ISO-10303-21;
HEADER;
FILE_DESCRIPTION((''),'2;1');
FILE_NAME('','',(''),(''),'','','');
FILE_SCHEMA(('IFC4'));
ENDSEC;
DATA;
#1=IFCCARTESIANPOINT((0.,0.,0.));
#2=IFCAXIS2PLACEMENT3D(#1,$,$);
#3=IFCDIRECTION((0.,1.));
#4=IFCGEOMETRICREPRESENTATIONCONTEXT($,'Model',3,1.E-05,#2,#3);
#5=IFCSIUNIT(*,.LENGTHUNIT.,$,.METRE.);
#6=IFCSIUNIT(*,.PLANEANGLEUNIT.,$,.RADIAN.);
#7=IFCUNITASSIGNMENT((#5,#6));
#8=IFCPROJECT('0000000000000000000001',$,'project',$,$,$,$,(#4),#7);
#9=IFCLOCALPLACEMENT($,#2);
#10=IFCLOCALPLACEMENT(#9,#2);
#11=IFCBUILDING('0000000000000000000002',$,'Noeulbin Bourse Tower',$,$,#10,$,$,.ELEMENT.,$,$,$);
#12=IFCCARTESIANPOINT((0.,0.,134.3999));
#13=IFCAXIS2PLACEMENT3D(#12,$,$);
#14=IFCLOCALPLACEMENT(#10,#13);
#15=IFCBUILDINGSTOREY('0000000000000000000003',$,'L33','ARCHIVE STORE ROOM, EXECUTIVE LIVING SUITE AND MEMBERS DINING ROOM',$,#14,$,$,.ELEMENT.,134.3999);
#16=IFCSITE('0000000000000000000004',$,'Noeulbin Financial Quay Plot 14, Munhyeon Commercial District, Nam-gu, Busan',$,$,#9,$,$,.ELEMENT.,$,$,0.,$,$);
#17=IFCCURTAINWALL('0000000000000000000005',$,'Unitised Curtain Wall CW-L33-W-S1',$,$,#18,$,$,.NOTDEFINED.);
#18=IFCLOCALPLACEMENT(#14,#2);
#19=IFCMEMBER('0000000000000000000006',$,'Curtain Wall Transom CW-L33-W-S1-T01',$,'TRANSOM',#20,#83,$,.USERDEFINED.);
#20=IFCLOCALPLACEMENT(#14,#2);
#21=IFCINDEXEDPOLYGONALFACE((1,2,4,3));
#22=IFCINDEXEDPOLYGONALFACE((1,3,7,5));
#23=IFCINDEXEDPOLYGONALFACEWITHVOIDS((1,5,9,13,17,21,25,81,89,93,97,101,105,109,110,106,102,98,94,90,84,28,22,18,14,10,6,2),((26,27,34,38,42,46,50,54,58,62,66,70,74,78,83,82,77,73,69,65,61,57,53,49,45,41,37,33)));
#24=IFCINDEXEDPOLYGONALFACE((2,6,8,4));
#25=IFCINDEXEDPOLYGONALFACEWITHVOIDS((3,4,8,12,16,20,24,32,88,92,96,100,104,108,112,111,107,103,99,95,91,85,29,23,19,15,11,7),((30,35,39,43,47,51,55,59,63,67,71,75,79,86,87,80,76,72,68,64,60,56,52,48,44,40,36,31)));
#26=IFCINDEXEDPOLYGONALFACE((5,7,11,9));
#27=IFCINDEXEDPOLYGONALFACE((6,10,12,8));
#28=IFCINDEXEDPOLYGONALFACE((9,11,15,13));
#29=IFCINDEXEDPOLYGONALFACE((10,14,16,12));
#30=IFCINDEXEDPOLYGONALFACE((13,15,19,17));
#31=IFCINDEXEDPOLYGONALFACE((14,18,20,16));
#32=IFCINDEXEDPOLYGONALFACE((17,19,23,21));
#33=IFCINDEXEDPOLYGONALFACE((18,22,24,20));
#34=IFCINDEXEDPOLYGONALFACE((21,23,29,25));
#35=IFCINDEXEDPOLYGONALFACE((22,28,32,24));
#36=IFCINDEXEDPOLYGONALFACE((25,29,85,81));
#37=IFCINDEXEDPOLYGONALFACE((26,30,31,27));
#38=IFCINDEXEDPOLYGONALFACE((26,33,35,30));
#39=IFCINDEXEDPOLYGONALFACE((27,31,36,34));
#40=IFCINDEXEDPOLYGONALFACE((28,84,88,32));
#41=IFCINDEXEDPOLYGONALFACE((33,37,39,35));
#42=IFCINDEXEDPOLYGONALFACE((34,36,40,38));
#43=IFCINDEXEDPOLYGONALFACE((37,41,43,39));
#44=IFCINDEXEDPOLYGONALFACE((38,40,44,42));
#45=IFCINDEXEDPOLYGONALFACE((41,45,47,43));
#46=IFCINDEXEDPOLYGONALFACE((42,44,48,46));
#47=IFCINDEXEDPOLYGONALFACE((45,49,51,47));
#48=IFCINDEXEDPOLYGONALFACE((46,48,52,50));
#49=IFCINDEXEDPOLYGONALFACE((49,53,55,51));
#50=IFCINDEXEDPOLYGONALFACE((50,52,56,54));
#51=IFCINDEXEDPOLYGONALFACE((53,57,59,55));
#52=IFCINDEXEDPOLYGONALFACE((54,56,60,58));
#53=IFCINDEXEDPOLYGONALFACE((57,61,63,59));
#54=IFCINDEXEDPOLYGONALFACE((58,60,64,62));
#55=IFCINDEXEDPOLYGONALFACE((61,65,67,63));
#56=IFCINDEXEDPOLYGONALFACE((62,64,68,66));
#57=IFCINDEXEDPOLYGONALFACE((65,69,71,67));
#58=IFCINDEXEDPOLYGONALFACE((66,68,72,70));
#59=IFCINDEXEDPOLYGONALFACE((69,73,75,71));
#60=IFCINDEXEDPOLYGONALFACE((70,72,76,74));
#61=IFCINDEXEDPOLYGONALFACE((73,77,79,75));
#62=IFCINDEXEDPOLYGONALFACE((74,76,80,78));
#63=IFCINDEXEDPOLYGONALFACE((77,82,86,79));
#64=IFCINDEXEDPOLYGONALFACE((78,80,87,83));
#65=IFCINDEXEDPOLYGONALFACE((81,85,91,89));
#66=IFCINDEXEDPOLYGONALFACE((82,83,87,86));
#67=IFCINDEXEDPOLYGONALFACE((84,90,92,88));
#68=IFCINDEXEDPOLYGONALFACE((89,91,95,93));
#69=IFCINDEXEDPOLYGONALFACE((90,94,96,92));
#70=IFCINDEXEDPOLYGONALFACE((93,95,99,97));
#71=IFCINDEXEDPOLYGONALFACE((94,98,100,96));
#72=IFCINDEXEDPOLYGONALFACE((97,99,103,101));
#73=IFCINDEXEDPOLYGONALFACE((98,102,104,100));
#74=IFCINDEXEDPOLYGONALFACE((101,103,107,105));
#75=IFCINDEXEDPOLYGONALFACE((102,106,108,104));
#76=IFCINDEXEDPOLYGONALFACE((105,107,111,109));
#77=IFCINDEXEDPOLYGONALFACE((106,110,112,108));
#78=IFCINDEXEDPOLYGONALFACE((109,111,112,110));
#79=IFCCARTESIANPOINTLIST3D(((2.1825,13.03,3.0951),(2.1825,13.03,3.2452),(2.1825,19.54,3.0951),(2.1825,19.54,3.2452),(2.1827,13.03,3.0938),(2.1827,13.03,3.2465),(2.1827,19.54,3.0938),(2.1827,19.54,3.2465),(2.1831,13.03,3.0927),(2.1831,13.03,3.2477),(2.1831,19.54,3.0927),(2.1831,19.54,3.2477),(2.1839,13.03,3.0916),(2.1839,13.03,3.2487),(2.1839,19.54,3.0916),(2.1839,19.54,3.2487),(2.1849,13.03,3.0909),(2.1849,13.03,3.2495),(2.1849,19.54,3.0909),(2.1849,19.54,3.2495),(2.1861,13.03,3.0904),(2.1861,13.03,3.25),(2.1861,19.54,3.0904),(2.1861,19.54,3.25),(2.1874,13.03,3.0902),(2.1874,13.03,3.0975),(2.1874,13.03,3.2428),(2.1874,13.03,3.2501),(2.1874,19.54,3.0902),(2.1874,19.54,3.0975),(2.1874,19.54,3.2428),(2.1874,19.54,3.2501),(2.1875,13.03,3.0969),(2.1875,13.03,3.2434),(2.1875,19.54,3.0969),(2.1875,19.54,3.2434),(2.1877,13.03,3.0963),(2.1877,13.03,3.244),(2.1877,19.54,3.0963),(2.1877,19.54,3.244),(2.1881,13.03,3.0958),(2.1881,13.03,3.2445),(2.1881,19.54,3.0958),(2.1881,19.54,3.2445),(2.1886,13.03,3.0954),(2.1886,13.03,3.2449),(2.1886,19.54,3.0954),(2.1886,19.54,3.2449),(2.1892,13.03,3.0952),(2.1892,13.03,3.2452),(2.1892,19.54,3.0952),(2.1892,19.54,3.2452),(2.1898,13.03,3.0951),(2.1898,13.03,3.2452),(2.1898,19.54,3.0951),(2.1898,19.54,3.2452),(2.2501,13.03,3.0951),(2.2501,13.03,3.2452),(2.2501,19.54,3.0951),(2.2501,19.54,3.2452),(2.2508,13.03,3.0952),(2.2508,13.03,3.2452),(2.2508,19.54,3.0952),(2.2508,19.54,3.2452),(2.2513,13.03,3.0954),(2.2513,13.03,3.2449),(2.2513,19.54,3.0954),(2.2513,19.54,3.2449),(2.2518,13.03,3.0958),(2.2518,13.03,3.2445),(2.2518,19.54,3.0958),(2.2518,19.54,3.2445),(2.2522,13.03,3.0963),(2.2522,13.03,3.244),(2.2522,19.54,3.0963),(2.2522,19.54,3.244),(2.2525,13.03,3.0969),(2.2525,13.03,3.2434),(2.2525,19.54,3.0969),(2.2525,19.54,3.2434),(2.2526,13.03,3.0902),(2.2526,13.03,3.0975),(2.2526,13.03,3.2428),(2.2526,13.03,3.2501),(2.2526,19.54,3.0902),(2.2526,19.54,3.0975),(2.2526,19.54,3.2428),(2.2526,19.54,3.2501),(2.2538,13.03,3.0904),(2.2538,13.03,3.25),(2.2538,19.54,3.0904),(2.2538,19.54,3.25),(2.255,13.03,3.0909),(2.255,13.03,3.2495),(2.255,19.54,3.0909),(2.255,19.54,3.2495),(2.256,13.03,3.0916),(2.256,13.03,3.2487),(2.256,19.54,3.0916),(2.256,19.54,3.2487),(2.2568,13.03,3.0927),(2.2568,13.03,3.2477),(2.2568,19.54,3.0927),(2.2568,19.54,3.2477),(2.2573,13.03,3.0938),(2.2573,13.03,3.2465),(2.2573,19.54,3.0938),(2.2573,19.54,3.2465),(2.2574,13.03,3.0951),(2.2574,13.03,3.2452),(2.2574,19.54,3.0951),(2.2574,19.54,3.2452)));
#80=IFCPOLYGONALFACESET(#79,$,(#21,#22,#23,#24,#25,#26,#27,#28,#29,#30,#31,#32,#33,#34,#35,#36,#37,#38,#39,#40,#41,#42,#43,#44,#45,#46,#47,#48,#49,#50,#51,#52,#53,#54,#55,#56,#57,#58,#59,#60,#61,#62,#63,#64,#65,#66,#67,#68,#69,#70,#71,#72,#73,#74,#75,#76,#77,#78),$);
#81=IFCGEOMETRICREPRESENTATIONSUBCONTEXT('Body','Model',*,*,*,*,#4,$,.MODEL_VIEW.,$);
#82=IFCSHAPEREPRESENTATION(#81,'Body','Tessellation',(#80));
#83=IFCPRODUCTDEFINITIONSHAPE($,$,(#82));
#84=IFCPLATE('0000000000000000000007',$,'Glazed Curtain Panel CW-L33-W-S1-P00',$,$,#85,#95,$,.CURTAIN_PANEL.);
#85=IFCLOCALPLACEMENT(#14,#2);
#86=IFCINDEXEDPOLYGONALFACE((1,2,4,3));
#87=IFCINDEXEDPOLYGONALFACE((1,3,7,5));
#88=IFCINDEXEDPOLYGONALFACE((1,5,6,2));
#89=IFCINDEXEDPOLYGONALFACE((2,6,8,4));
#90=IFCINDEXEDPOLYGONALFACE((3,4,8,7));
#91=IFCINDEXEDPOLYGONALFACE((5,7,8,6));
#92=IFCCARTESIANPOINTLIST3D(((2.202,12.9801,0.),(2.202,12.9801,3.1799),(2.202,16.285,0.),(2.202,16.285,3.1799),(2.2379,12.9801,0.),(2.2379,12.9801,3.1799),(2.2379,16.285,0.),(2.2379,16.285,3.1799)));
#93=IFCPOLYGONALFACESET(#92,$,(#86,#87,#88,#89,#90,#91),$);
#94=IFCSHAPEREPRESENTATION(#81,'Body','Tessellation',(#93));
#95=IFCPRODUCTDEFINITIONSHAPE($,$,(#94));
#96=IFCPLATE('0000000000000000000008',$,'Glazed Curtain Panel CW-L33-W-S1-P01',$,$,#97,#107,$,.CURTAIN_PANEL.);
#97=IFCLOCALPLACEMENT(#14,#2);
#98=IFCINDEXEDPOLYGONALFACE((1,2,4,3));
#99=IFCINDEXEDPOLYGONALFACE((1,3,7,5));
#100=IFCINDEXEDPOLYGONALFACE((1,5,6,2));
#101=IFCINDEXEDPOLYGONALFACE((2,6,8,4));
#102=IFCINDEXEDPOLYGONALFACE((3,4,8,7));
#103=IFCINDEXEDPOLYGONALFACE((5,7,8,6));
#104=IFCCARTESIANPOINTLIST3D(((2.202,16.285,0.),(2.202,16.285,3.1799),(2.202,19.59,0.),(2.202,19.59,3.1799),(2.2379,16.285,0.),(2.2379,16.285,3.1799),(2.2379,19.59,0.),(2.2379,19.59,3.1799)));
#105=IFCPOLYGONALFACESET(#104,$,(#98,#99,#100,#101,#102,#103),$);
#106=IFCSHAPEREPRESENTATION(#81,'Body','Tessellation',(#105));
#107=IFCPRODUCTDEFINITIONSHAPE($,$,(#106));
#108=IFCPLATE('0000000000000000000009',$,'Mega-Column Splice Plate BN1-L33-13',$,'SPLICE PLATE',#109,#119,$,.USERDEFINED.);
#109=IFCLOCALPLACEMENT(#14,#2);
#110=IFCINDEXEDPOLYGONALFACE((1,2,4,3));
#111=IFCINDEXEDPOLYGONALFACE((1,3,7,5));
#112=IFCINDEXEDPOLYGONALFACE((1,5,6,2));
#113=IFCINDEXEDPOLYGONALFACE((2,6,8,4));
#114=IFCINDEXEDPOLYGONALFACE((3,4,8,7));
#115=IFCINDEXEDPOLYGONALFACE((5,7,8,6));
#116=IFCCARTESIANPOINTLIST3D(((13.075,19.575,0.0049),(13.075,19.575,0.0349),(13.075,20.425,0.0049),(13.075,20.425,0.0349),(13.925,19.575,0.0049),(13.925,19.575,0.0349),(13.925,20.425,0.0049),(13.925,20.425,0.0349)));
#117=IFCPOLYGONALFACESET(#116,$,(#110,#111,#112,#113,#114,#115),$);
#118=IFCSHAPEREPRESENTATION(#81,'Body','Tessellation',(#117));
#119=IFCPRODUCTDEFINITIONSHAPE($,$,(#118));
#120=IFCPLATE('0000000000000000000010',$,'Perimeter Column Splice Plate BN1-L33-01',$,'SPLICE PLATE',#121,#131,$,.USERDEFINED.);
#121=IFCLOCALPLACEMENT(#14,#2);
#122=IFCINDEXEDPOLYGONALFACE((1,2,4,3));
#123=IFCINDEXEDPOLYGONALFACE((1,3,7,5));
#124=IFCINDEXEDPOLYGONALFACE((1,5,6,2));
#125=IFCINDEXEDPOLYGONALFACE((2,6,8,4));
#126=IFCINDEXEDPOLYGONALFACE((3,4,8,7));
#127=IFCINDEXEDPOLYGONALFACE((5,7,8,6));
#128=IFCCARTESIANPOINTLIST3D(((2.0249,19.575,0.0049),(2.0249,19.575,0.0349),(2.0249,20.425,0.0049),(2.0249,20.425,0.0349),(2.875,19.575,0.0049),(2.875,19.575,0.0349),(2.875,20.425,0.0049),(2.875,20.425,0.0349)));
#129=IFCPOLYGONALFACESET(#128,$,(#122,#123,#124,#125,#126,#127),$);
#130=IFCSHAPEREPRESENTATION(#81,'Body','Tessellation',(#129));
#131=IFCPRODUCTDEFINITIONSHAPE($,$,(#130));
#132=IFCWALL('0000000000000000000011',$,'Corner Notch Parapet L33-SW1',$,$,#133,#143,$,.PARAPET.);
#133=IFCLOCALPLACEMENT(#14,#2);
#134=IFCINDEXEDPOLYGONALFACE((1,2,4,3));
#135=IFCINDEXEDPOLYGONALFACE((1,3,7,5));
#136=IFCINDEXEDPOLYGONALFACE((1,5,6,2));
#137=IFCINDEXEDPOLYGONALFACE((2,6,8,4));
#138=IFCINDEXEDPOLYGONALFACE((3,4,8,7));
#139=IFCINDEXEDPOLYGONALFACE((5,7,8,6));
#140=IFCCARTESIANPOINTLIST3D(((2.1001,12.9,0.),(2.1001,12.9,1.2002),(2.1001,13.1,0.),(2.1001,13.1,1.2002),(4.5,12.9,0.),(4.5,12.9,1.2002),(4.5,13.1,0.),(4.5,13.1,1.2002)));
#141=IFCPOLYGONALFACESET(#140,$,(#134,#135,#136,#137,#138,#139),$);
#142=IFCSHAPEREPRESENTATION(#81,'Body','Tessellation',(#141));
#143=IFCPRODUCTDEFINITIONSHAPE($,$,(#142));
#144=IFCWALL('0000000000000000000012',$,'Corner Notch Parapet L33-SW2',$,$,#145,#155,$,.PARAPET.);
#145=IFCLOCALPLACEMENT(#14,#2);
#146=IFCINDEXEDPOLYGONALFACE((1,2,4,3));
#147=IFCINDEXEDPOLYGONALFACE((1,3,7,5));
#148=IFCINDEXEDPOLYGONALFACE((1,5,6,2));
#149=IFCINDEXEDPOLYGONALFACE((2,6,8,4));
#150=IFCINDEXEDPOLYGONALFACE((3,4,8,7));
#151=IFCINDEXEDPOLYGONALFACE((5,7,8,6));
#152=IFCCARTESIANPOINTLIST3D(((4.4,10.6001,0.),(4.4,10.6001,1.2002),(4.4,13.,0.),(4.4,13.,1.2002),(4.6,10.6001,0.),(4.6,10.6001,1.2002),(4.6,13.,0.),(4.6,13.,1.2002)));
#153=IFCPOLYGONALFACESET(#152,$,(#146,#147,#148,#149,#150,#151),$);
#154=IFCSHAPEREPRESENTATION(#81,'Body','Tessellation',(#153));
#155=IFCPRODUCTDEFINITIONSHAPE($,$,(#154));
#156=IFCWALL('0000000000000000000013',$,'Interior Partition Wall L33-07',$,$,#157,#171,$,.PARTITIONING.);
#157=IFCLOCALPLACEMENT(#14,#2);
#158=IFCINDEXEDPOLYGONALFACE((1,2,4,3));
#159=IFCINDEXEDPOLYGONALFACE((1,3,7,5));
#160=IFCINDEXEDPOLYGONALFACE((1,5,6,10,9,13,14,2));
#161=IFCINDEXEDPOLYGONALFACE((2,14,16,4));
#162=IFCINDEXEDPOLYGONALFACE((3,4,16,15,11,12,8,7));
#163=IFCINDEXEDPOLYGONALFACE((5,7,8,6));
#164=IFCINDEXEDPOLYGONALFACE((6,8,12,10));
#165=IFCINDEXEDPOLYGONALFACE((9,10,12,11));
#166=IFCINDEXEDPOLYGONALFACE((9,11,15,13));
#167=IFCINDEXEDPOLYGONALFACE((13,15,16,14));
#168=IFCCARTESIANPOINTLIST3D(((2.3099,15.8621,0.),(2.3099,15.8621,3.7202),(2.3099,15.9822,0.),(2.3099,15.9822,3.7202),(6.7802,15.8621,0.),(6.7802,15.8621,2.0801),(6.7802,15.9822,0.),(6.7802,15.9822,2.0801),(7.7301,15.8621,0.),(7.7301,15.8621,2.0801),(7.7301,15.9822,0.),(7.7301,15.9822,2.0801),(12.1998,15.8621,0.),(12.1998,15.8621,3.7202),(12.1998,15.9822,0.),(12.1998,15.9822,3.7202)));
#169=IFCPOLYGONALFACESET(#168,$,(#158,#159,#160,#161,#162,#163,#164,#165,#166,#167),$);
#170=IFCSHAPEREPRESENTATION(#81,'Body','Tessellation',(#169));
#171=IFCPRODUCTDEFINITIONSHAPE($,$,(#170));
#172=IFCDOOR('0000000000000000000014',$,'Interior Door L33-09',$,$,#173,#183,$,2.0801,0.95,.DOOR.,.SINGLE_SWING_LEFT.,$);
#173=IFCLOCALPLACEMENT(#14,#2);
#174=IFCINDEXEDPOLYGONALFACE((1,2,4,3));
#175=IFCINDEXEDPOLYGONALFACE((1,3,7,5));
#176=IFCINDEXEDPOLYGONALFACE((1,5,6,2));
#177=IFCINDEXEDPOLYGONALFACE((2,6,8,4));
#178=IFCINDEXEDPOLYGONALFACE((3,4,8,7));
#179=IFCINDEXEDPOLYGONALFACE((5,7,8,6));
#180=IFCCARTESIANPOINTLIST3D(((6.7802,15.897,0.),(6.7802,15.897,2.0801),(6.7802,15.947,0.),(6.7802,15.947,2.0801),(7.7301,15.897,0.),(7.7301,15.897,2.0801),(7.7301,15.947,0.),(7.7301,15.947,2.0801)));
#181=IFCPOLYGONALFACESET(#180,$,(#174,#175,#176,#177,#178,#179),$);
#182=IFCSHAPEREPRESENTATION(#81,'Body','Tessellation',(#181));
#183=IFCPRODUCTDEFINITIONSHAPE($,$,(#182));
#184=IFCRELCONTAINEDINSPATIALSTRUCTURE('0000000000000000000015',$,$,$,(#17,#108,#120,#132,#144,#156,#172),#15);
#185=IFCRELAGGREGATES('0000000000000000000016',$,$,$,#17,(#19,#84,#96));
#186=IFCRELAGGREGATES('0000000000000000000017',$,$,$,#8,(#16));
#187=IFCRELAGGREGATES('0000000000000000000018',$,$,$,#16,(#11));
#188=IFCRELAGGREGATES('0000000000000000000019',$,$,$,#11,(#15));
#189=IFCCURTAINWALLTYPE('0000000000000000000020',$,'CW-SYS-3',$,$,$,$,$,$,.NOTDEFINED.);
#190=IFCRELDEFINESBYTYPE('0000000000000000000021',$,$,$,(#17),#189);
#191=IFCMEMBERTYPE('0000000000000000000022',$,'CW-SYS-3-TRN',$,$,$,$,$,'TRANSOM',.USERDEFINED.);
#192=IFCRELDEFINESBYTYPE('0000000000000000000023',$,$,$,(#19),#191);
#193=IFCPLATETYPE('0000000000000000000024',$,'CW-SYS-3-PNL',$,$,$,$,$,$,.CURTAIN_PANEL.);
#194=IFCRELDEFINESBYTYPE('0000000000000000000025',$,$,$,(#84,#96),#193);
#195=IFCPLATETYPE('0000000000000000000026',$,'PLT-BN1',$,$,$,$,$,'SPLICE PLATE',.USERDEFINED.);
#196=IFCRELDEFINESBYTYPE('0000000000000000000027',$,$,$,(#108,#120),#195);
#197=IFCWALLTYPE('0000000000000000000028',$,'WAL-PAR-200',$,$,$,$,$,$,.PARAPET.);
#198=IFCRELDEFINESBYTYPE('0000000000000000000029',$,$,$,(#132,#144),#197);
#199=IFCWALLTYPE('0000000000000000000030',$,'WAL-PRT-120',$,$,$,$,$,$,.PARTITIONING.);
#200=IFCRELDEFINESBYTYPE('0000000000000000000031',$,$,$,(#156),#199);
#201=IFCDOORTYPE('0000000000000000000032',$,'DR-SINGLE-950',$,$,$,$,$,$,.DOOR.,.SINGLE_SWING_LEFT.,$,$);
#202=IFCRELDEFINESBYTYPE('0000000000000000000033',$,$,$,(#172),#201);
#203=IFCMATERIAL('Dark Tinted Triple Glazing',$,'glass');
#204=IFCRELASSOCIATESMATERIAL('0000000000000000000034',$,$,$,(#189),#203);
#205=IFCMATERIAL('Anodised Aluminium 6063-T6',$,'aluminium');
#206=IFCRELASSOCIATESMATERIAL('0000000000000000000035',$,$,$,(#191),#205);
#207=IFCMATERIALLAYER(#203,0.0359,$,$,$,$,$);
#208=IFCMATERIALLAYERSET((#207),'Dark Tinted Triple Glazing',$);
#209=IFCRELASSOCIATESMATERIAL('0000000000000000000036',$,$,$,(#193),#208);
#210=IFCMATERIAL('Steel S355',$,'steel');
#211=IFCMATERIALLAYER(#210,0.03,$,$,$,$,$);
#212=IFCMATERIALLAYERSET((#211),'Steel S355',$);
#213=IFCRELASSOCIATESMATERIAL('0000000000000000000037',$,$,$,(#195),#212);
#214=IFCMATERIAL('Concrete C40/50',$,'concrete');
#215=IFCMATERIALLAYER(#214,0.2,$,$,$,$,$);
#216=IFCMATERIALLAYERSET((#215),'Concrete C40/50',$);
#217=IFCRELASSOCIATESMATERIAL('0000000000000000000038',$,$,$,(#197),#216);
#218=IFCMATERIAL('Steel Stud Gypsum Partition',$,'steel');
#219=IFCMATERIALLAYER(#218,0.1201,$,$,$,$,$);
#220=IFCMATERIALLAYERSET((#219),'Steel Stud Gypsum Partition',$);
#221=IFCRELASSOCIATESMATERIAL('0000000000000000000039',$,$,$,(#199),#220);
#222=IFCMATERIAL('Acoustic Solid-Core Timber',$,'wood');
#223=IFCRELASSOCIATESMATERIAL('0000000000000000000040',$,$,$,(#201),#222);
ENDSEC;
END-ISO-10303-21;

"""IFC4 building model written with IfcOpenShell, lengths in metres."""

from ifc_helpers import new_model, si_unit, direction, frame, frame_2d, origin, origin_2d, place, context, subcontext, project, spatial, rectangle, hollow_rectangle, extrude, material, layer, layer_set, material_profile, profile_set, type_object, element, fill, aggregate, save


model = new_model("IFC4")

# Units and contexts
model_context = context("Model", 3, precision=1e-05, world=origin(), true_north=direction((0.0, 1.0)))
body_context = subcontext(model_context, "Body", "Model", "MODEL_VIEW")
ifc_project = project(units=[si_unit("LENGTHUNIT", "METRE"), si_unit("PLANEANGLEUNIT", "RADIAN")], contexts=[model_context])

# Site, building, storey
site_placement = place(None, origin())
site = spatial("IfcSite", under=ifc_project, at=site_placement, Name="Noeulbin Financial Quay Plot 14, Munhyeon Commercial District, Nam-gu, Busan", CompositionType="ELEMENT", RefElevation=0.0)
building_placement = place(site_placement, origin())
building = spatial("IfcBuilding", under=site, at=building_placement, Name="Noeulbin Bourse Tower", CompositionType="ELEMENT")
storey_placement = place(building_placement, frame((0.0, 0.0, 134.3999)))
storey = spatial("IfcBuildingStorey", under=building, at=storey_placement, Name="L33", Description="ARCHIVE STORE ROOM, EXECUTIVE LIVING SUITE AND MEMBERS DINING ROOM", CompositionType="ELEMENT", Elevation=134.3999)

# Shared definitions
ifc_material_1 = material(Name="Steel S355", Category="steel")

# Curtain wall, member, plates
ifc_material_2 = material(Name="Dark Tinted Triple Glazing", Category="glass")
curtain_wall_type = type_object("IfcCurtainWallType", Name="CW-SYS-3", PredefinedType="NOTDEFINED", material=ifc_material_2)
curtain_wall_placement = place(storey_placement, origin())
curtain_wall = element("IfcCurtainWall", 1, at=curtain_wall_placement, inside=storey, type_object=curtain_wall_type, Name="Unitised Curtain Wall CW-L33-W-S1", PredefinedType="NOTDEFINED")
ifc_material_3 = material(Name="Anodised Aluminium 6063-T6", Category="aluminium")
ifc_material_profile_1 = material_profile(ifc_material_3, hollow_rectangle(XDim=0.075, YDim=0.1599, WallThickness=0.0049, InnerFilletRadius=0.0024, OuterFilletRadius=0.0049, at=origin_2d()), Name="ALU-TRAN-75x160x5", Category="LoadBearing")
ifc_profile_set_1 = profile_set([ifc_material_profile_1], Name="Anodised Aluminium 6063-T6")
member_type_1 = type_object("IfcMemberType", Name="CW-SYS-3-TRN", ElementType="TRANSOM", PredefinedType="USERDEFINED", material=ifc_profile_set_1)
member_1_placement = place(storey_placement, frame((2.22, 13.03, 3.1702), z_axis=(0.0, 1.0, 0.0), x_axis=(-1.0, 0.0, 0.0)))
member_1 = element("IfcMember", 2, at=member_1_placement, type_object=member_type_1, Name="Curtain Wall Transom CW-L33-W-S1-T01", ObjectType="TRANSOM", PredefinedType="USERDEFINED", context=body_context, shape_type="SweptSolid", body=[
    extrude(hollow_rectangle(XDim=0.075, YDim=0.1599, WallThickness=0.0049, InnerFilletRadius=0.0024, OuterFilletRadius=0.0049, at=origin_2d()), origin(), (0.0, 0.0, 1.0), 6.51),
])
ifc_layer_1 = layer(ifc_material_2, 0.0359)
ifc_layer_set_1 = layer_set([ifc_layer_1], Name="Dark Tinted Triple Glazing")
plate_type_1 = type_object("IfcPlateType", Name="CW-SYS-3-PNL", PredefinedType="CURTAIN_PANEL", material=ifc_layer_set_1)
plate_1_placement = place(storey_placement, frame((2.22, 14.6326, 0.0), z_axis=(0.0, 0.0, 1.0), x_axis=(0.0, 1.0, 0.0)))
plate_1 = element("IfcPlate", 3, at=plate_1_placement, type_object=plate_type_1, Name="Glazed Curtain Panel CW-L33-W-S1-P00", PredefinedType="CURTAIN_PANEL", context=body_context, shape_type="SweptSolid", body=[
    extrude(rectangle(XDim=3.3049, YDim=0.0359, at=origin_2d()), origin(), (0.0, 0.0, 1.0), 3.1799),
])
plate_2_placement = place(storey_placement, frame((2.22, 17.9375, 0.0), z_axis=(0.0, 0.0, 1.0), x_axis=(0.0, 1.0, 0.0)))
plate_2 = element("IfcPlate", 4, at=plate_2_placement, type_object=plate_type_1, Name="Glazed Curtain Panel CW-L33-W-S1-P01", PredefinedType="CURTAIN_PANEL", context=body_context, shape_type="SweptSolid", body=[
    extrude(rectangle(XDim=3.3049, YDim=0.0359, at=origin_2d()), origin(), (0.0, 0.0, 1.0), 3.1799),
])
aggregate(curtain_wall, [member_1, plate_1, plate_2])

# Plates
ifc_layer_2 = layer(ifc_material_1, 0.03)
ifc_layer_set_2 = layer_set([ifc_layer_2], Name="Steel S355")
plate_type_2 = type_object("IfcPlateType", Name="PLT-BN1", ElementType="SPLICE PLATE", PredefinedType="USERDEFINED", material=ifc_layer_set_2)
for number, where, z_axis, x_axis, name in (
    (5, (13.5, 20.0, 0.0049), (0.0, 0.0, 1.0), (1.0, 0.0, 0.0), "Mega-Column Splice Plate BN1-L33-13"),
    (6, (2.45, 20.0, 0.0049), (0.0, 0.0, 1.0), (1.0, 0.0, 0.0), "Perimeter Column Splice Plate BN1-L33-01"),
):
    element("IfcPlate", number, at=place(storey_placement, frame(where, z_axis=z_axis, x_axis=x_axis)), inside=storey, type_object=plate_type_2, Name=name, ObjectType="SPLICE PLATE", PredefinedType="USERDEFINED", context=body_context, shape_type="SweptSolid", body=[
        extrude(rectangle(XDim=0.8501, YDim=0.8501, at=origin_2d()), origin(), (0.0, 0.0, 1.0), 0.03),
    ])

# Walls
ifc_material_4 = material(Name="Concrete C40/50", Category="concrete")
ifc_layer_3 = layer(ifc_material_4, 0.2)
ifc_layer_set_3 = layer_set([ifc_layer_3], Name="Concrete C40/50")
wall_type_1 = type_object("IfcWallType", Name="WAL-PAR-200", PredefinedType="PARAPET", material=ifc_layer_set_3)
for number, where, z_axis, x_axis, name in (
    (7, (2.1001, 13.0, 0.0), (0.0, 0.0, 1.0), (1.0, 0.0, 0.0), "Corner Notch Parapet L33-SW1"),
    (8, (4.5, 13.0, 0.0), (0.0, 0.0, 1.0), (0.0, -1.0, 0.0), "Corner Notch Parapet L33-SW2"),
):
    element("IfcWall", number, at=place(storey_placement, frame(where, z_axis=z_axis, x_axis=x_axis)), inside=storey, type_object=wall_type_1, Name=name, PredefinedType="PARAPET", context=body_context, shape_type="SweptSolid", body=[
        extrude(rectangle(XDim=2.3999, YDim=0.2, at=frame_2d((1.2, 0.0))), origin(), (0.0, 0.0, 1.0), 1.2002),
    ])

# Wall, opening, door
ifc_material_5 = material(Name="Steel Stud Gypsum Partition", Category="steel")
ifc_layer_4 = layer(ifc_material_5, 0.1201)
ifc_layer_set_4 = layer_set([ifc_layer_4], Name="Steel Stud Gypsum Partition")
wall_type_2 = type_object("IfcWallType", Name="WAL-PRT-120", PredefinedType="PARTITIONING", material=ifc_layer_set_4)
wall_1_placement = place(storey_placement, frame((2.3101, 15.9221, 0.0), z_axis=(0.0, 0.0, 1.0), x_axis=(1.0, 0.0, 0.0)))
wall_1 = element("IfcWall", 9, at=wall_1_placement, inside=storey, type_object=wall_type_2, Name="Interior Partition Wall L33-07", PredefinedType="PARTITIONING", context=body_context, shape_type="SweptSolid", body=[
    extrude(rectangle(XDim=9.8899, YDim=0.1201, at=frame_2d((4.9448, 0.0))), origin(), (0.0, 0.0, 1.0), 3.7202),
])
opening_1_placement = place(wall_1_placement, frame((4.47, 0.0, 0.0)))
opening_1 = element("IfcOpeningElement", 10, at=opening_1_placement, cuts=wall_1, PredefinedType="OPENING", context=body_context, shape_type="SweptSolid", body=[
    extrude(rectangle(XDim=0.95, YDim=2.0801, at=frame_2d((0.4751, 1.04))), frame((0.0, 0.0701, 0.0), z_axis=(0.0, -1.0, 0.0), x_axis=(1.0, 0.0, 0.0)), (0.0, 0.0, 1.0), 0.1401),
])
ifc_material_6 = material(Name="Acoustic Solid-Core Timber", Category="wood")
door_type = type_object("IfcDoorType", Name="DR-SINGLE-950", OperationType="SINGLE_SWING_LEFT", PredefinedType="DOOR", material=ifc_material_6)
door_1_placement = place(opening_1_placement, origin())
door_1 = element("IfcDoor", 11, at=door_1_placement, inside=storey, type_object=door_type, Name="Interior Door L33-09", OperationType="SINGLE_SWING_LEFT", OverallHeight=2.0801, OverallWidth=0.95, PredefinedType="DOOR", context=body_context, shape_type="SweptSolid", body=[
    extrude(rectangle(XDim=0.95, YDim=2.0801, at=frame_2d((0.4751, 1.04))), frame((0.0, 0.0249, 0.0), z_axis=(0.0, -1.0, 0.0), x_axis=(1.0, 0.0, 0.0)), (0.0, 0.0, 1.0), 0.05),
])
fill(opening_1, door_1)

save(model, "model.ifc")
